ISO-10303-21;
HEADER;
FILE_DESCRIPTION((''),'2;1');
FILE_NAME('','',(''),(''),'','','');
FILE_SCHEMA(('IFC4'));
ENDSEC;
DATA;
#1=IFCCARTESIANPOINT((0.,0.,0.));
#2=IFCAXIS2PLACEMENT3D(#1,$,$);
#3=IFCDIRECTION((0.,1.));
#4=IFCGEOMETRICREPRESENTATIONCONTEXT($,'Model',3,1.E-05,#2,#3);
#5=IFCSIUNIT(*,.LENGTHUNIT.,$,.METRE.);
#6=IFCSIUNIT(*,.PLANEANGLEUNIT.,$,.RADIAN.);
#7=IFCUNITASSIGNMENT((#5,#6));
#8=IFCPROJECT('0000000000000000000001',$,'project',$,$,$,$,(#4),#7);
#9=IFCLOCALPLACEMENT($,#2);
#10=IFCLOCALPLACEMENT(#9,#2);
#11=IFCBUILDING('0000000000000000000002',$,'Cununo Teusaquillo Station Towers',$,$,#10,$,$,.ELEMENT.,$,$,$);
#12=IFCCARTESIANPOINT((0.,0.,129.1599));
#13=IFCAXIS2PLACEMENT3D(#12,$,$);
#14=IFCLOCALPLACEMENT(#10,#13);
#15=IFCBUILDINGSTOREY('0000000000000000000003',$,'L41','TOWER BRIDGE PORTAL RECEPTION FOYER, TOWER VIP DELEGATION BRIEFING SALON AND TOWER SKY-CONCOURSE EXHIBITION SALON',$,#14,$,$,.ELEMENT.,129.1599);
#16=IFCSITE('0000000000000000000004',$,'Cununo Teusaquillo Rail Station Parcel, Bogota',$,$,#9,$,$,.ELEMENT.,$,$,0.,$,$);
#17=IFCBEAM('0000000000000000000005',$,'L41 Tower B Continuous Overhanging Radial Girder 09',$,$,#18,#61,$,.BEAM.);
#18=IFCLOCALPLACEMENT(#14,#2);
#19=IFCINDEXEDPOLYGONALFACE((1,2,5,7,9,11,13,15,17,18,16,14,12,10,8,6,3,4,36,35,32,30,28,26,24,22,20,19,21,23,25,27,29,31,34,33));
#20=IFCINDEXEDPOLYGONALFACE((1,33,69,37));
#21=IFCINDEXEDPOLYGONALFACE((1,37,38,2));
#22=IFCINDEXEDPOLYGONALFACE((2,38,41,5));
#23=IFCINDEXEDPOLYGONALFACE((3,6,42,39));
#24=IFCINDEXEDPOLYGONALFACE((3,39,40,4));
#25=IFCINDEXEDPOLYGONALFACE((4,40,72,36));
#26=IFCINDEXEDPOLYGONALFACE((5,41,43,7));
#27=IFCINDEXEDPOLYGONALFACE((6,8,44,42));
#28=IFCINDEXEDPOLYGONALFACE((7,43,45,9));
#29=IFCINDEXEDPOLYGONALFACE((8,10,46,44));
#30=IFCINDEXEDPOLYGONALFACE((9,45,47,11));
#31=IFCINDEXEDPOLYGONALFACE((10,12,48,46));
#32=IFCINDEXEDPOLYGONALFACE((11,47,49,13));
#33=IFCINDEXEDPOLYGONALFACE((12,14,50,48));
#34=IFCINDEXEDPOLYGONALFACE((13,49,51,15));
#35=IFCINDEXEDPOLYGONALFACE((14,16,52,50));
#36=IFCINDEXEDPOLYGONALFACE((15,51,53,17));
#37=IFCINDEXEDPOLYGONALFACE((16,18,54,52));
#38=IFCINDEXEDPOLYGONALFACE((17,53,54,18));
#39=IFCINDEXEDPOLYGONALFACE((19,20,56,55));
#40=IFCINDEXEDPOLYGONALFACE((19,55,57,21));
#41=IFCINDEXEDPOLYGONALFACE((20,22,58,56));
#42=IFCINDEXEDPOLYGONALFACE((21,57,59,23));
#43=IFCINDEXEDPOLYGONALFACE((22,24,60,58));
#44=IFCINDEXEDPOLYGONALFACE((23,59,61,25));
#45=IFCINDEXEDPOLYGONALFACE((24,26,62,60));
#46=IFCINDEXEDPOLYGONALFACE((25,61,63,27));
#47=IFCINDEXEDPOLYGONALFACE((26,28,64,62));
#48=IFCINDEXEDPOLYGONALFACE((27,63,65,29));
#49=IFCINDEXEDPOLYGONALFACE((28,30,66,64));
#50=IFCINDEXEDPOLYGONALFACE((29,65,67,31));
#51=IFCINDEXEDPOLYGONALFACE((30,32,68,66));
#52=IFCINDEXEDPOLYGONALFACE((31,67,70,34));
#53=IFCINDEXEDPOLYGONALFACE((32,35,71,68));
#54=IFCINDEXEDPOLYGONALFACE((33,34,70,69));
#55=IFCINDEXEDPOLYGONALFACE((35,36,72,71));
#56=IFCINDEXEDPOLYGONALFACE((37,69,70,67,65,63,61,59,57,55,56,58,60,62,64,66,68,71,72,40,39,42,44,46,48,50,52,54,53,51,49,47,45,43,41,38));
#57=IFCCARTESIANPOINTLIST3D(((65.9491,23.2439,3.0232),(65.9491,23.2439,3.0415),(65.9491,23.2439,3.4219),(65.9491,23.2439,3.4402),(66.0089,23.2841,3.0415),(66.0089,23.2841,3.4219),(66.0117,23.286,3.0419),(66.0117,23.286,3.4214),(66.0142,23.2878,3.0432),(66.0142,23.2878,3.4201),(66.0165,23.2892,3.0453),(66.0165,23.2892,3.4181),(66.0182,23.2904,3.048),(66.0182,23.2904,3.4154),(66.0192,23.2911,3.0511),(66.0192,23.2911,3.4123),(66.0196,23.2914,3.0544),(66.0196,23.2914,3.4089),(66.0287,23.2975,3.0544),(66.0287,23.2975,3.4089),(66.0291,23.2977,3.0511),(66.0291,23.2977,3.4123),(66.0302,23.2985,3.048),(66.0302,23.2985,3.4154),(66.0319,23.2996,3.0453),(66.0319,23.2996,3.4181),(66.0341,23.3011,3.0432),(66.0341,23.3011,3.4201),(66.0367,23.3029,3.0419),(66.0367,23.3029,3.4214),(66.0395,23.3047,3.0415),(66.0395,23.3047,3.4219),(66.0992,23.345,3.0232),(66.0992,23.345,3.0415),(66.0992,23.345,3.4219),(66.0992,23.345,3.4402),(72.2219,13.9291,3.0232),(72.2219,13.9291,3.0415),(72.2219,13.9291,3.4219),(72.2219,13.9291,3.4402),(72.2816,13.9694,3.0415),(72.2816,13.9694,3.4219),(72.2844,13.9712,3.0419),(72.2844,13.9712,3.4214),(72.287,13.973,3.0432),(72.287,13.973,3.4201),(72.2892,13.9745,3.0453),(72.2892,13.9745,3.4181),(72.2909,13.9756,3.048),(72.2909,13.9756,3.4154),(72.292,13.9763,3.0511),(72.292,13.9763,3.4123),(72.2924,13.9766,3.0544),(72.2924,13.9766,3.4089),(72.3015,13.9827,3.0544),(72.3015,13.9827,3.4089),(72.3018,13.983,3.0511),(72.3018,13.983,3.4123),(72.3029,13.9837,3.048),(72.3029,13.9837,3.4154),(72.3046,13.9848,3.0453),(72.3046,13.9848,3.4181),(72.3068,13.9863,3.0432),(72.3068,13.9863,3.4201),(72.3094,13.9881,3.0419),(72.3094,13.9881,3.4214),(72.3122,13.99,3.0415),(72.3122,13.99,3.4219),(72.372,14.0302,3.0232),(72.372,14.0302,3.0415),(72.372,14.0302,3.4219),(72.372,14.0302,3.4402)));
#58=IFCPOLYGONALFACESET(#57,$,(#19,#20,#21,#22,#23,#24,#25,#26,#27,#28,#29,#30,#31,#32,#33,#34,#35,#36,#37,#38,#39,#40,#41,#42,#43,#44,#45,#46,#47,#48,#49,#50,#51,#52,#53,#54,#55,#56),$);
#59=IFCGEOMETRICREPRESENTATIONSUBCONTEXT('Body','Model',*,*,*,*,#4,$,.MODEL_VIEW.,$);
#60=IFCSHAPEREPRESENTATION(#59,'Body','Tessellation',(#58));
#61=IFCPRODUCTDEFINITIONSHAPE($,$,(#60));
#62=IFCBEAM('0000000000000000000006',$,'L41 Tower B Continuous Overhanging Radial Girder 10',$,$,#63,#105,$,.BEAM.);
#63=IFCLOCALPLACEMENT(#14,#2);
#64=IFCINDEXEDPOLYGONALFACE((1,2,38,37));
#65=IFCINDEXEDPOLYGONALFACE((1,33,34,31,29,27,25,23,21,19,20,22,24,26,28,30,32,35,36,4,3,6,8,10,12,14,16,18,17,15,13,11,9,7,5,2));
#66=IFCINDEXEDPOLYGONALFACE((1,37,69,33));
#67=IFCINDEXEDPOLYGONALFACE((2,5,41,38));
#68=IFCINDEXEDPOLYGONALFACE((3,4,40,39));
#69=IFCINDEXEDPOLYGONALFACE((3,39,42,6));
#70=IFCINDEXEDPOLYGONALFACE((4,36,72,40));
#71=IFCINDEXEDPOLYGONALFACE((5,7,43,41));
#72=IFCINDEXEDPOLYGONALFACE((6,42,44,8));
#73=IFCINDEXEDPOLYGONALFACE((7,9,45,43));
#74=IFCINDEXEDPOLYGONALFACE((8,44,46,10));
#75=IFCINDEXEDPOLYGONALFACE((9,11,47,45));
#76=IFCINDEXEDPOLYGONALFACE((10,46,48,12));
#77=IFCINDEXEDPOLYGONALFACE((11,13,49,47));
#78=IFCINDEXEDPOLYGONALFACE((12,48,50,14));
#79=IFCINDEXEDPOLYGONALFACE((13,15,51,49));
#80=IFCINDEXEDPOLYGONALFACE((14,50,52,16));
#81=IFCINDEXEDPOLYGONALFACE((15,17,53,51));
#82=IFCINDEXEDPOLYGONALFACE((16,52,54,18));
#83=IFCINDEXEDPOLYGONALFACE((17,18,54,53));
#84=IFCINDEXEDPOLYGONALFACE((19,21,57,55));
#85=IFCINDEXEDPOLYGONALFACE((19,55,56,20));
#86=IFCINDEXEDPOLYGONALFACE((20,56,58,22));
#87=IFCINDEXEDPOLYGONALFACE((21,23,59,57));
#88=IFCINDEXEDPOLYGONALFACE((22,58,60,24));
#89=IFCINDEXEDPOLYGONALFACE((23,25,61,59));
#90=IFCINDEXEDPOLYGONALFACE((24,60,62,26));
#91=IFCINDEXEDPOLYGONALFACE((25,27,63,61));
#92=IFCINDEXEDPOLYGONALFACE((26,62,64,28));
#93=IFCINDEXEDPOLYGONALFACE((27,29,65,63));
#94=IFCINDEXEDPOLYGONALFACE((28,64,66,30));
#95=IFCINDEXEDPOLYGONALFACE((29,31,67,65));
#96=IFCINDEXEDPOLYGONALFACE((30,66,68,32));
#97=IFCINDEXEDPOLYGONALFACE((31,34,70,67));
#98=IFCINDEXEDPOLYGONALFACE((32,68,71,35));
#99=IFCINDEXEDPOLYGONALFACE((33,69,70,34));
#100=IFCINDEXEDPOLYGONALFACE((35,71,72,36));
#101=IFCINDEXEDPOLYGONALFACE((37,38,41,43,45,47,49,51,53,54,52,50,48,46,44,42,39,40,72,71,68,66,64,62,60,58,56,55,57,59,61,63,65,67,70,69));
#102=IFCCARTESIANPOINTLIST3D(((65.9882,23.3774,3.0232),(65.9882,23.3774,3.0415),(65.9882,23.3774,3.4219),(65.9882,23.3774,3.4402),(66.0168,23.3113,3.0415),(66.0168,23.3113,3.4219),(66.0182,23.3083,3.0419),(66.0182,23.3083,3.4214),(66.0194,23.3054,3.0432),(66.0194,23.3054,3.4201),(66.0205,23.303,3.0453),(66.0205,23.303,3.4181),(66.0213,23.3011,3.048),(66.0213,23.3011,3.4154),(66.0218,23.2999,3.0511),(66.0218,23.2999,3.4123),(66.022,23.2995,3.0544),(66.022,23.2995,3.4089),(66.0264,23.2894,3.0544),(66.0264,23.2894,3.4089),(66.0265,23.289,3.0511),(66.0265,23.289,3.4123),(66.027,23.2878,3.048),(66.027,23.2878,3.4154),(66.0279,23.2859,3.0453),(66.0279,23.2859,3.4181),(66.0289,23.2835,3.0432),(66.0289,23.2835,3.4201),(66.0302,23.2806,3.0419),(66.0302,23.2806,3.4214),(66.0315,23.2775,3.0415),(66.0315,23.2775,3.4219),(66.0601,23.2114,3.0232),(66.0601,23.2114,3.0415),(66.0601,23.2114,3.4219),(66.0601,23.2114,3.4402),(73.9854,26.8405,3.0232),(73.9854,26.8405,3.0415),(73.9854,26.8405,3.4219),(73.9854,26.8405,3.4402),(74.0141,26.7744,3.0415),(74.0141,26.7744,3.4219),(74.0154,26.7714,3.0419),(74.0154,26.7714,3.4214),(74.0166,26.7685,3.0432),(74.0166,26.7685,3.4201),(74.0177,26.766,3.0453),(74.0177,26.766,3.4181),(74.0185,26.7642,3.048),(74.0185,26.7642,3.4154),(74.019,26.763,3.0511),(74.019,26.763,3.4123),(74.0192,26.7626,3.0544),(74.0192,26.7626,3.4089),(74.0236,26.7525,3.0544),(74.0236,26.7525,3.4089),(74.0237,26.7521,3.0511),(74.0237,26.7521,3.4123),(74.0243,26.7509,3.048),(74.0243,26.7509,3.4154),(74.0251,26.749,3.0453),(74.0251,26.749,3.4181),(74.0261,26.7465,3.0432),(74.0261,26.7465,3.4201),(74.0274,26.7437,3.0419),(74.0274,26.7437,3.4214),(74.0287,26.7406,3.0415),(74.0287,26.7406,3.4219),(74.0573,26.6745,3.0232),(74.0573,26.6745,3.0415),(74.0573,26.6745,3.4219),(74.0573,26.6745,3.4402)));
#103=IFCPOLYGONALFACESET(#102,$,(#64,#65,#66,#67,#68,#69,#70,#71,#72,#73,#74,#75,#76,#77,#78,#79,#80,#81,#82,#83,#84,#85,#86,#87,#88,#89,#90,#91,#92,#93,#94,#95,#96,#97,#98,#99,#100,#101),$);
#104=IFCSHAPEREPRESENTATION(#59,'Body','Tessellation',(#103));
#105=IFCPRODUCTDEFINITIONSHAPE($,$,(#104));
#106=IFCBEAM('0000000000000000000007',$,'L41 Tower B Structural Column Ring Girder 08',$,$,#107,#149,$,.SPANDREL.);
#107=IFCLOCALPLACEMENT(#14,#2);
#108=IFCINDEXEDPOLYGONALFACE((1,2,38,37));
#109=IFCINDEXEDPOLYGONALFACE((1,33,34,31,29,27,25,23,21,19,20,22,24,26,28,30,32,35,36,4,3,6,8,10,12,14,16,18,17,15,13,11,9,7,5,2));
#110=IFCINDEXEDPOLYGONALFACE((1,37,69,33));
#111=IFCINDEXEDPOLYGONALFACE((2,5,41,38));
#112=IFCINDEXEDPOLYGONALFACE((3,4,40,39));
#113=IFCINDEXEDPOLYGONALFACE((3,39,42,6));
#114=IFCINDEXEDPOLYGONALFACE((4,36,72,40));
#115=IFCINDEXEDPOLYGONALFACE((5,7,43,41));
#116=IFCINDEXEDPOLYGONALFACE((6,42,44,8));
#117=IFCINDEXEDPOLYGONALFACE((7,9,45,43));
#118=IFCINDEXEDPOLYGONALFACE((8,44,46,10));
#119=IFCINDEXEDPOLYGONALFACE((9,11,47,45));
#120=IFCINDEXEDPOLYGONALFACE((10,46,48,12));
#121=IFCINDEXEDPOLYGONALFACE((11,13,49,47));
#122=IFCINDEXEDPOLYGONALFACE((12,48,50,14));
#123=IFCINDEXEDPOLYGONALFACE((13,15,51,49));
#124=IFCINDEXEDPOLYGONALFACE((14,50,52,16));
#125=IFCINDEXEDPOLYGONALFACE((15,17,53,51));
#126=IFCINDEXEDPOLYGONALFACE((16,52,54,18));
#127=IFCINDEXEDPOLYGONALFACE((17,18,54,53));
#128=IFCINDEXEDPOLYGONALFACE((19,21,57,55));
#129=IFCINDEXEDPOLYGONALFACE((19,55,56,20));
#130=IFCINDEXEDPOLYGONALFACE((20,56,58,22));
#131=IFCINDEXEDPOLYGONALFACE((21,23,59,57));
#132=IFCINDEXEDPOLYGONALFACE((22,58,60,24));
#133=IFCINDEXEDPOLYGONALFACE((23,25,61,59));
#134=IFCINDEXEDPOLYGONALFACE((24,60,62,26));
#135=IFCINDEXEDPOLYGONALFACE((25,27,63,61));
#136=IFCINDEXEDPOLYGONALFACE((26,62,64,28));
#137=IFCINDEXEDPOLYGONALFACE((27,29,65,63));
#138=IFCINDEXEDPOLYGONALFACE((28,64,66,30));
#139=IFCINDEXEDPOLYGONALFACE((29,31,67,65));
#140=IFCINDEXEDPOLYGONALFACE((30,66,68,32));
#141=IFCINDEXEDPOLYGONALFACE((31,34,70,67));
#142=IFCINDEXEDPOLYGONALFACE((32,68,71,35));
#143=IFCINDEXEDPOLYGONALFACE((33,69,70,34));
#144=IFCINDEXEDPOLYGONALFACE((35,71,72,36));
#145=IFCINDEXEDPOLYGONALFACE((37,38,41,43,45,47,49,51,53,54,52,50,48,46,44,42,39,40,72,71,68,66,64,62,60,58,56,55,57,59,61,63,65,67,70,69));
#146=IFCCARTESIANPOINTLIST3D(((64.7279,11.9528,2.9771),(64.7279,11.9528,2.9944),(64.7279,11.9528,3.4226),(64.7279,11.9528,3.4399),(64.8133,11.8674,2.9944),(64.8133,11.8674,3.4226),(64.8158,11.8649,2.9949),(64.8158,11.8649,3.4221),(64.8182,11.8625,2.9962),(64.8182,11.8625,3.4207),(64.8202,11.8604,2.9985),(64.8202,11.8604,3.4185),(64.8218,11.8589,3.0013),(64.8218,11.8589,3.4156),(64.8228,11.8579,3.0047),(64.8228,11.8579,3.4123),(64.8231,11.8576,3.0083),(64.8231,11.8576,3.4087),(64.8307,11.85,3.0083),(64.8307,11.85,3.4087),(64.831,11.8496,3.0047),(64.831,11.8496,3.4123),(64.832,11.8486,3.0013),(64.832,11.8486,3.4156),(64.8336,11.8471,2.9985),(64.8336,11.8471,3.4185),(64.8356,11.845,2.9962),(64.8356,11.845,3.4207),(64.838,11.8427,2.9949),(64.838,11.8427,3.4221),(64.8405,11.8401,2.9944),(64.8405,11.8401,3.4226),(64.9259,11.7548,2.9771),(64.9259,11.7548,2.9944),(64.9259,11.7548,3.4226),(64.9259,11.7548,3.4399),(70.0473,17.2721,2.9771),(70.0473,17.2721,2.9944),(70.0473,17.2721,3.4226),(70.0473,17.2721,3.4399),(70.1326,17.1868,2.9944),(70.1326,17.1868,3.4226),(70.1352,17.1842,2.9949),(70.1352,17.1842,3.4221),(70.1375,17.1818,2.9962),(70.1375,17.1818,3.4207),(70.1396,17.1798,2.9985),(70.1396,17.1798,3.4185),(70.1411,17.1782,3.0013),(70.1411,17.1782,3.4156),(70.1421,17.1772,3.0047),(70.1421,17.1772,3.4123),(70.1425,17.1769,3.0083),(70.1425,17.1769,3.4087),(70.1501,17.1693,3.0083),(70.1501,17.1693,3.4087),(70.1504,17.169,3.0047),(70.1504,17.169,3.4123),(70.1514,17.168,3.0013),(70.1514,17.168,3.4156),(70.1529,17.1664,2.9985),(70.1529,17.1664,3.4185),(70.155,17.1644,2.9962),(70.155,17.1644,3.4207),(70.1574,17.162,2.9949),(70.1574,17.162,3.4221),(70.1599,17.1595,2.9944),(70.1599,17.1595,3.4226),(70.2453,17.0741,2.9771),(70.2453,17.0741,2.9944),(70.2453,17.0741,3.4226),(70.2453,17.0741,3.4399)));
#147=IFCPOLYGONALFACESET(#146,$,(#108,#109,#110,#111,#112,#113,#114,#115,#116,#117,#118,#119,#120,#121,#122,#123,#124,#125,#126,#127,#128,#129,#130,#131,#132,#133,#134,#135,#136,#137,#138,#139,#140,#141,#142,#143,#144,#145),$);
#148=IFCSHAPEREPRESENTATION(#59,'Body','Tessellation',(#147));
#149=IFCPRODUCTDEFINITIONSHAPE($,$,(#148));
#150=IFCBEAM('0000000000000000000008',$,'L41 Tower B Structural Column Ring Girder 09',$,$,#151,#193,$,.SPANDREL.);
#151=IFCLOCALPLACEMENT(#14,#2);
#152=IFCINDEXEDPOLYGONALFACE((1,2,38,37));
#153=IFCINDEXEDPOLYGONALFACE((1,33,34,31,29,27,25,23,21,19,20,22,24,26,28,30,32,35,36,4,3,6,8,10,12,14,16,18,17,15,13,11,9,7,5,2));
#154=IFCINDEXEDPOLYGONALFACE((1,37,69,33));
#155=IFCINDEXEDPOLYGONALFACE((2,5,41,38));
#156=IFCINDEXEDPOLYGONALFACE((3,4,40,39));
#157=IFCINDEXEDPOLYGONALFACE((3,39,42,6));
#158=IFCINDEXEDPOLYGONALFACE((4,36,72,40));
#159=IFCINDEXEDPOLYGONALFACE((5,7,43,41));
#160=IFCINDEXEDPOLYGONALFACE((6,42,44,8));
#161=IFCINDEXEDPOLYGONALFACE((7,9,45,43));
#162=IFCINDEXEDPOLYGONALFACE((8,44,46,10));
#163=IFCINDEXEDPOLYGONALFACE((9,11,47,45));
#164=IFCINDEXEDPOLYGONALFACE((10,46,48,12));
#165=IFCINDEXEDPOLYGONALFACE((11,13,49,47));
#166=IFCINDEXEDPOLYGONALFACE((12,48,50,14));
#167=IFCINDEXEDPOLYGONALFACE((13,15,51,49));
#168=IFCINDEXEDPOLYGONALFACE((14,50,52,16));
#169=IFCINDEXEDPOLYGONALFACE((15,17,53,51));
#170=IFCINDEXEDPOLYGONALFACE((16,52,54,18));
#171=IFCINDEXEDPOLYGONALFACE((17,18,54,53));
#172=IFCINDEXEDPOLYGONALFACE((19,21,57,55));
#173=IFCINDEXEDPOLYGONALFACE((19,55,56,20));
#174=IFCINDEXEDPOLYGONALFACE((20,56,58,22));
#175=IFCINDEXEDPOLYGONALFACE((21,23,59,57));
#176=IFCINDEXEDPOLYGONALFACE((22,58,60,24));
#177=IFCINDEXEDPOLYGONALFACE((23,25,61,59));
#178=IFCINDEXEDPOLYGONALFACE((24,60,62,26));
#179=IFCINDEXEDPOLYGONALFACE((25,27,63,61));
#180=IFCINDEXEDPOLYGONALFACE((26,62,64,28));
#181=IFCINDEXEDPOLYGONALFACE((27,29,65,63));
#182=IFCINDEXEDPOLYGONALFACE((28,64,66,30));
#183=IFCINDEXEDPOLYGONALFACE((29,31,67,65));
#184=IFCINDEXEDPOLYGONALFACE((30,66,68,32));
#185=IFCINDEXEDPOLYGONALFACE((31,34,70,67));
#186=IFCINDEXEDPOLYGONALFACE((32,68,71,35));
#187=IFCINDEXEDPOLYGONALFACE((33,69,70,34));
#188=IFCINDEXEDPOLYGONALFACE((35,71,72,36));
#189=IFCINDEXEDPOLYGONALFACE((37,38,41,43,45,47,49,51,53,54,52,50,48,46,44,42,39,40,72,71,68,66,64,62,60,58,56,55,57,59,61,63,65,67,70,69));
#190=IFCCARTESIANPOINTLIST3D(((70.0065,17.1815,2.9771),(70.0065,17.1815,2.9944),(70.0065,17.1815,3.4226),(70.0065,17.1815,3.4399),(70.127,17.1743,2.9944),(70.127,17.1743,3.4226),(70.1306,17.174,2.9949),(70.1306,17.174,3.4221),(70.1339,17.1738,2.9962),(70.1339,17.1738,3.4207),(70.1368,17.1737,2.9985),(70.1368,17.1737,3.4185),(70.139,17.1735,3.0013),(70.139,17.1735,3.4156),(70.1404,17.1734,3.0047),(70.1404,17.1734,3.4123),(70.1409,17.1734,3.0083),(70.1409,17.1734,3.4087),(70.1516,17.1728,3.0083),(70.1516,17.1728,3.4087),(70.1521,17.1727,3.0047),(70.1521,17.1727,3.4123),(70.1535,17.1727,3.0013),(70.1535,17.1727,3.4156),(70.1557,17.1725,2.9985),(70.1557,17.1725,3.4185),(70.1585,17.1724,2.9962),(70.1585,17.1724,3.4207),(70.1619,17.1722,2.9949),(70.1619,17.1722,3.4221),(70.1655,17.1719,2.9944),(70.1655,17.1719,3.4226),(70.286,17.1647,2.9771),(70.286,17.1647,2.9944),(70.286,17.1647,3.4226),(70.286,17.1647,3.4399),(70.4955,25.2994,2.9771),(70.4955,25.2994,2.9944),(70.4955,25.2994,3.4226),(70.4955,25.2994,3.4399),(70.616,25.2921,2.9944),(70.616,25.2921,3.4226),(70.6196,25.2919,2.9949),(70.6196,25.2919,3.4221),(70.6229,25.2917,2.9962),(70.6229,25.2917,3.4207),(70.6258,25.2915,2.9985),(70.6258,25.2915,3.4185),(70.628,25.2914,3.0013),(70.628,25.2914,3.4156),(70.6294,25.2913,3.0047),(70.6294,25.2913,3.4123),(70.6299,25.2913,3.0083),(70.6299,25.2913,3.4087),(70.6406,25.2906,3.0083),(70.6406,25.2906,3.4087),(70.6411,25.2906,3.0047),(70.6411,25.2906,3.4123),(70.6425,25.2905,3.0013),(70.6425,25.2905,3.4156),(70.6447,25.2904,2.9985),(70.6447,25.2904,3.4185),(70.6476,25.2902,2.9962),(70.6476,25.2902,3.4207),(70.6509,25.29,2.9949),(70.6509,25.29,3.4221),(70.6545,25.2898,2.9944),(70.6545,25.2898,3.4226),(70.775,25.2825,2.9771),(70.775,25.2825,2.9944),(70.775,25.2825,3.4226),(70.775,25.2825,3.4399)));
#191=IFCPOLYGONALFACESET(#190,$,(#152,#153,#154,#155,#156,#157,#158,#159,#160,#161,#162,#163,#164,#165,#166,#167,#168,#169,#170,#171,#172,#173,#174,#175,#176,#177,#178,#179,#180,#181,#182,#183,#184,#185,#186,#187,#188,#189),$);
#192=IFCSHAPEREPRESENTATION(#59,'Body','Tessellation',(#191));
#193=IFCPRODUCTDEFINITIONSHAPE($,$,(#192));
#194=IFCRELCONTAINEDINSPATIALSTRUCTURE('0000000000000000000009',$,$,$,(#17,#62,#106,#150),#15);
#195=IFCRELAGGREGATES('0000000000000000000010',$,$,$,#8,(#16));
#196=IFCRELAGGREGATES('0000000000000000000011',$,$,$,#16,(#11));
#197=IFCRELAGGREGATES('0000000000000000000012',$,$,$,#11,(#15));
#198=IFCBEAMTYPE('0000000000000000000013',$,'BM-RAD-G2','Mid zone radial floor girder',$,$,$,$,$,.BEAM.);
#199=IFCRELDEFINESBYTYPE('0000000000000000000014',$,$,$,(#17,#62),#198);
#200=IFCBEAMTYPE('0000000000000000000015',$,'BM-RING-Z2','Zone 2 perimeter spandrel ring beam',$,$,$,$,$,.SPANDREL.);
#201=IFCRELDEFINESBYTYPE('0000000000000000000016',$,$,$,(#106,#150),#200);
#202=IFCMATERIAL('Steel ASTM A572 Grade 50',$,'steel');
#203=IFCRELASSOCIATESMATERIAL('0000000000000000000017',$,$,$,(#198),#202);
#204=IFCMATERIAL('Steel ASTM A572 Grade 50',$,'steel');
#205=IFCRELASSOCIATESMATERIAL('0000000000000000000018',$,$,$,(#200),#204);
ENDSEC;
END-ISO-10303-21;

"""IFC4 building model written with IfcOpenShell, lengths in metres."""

from ifc_helpers import new_model, si_unit, direction, frame, origin, origin_2d, place, context, subcontext, project, spatial, i_section, extrude, material, material_profile, profile_set, type_object, element, save


model = new_model("IFC4")

# Units and contexts
model_context = context("Model", 3, precision=1e-05, world=origin(), true_north=direction((0.0, 1.0)))
body_context = subcontext(model_context, "Body", "Model", "MODEL_VIEW")
ifc_project = project(units=[si_unit("LENGTHUNIT", "METRE"), si_unit("PLANEANGLEUNIT", "RADIAN")], contexts=[model_context])

# Site, building, storey
site_placement = place(None, origin())
site = spatial("IfcSite", under=ifc_project, at=site_placement, Name="Cununo Teusaquillo Rail Station Parcel, Bogota", CompositionType="ELEMENT", RefElevation=0.0)
building_placement = place(site_placement, origin())
building = spatial("IfcBuilding", under=site, at=building_placement, Name="Cununo Teusaquillo Station Towers", CompositionType="ELEMENT")
storey_placement = place(building_placement, frame((0.0, 0.0, 129.1599)))
storey = spatial("IfcBuildingStorey", under=building, at=storey_placement, Name="L41", Description="TOWER BRIDGE PORTAL RECEPTION FOYER, TOWER VIP DELEGATION BRIEFING SALON AND TOWER SKY-CONCOURSE EXHIBITION SALON", CompositionType="ELEMENT", Elevation=129.1599)

# Beams
ifc_material_1 = material(Name="Steel ASTM A572 Grade 50", Category="steel")
ifc_material_profile_1 = material_profile(ifc_material_1, i_section(OverallWidth=0.1809, OverallDepth=0.417, WebThickness=0.011, FlangeThickness=0.0183, FilletRadius=0.0129, at=origin_2d()), Name="W16X57")
ifc_profile_set_1 = profile_set([ifc_material_profile_1], Name="Steel ASTM A572 Grade 50")
beam_type_1 = type_object("IfcBeamType", Name="BM-RAD-G2", Description="Mid zone radial floor girder", PredefinedType="BEAM", material=ifc_profile_set_1)
beam_1_placement = place(storey_placement, frame((66.0242, 23.2944, 3.2317), z_axis=(0.558572, -0.829456, 0.0), x_axis=(0.829456, 0.558572, 0.0)))
element("IfcBeam", 1, at=beam_1_placement, inside=storey, type_object=beam_type_1, Name="L41 Tower B Continuous Overhanging Radial Girder 09", PredefinedType="BEAM", context=body_context, shape_type="SweptSolid", body=[
    extrude(i_section(OverallWidth=0.1809, OverallDepth=0.417, WebThickness=0.011, FlangeThickness=0.0183, FilletRadius=0.0129, at=origin_2d()), origin(), (0.0, 0.0, 1.0), 11.23),
])
beam_2_placement = place(storey_placement, frame((66.0242, 23.2944, 3.2317), z_axis=(0.917655, 0.397379, 0.0), x_axis=(-0.397379, 0.917655, 0.0)))
element("IfcBeam", 2, at=beam_2_placement, inside=storey, type_object=beam_type_1, Name="L41 Tower B Continuous Overhanging Radial Girder 10", PredefinedType="BEAM", context=body_context, shape_type="SweptSolid", body=[
    extrude(i_section(OverallWidth=0.1809, OverallDepth=0.417, WebThickness=0.011, FlangeThickness=0.0183, FilletRadius=0.0129, at=origin_2d()), origin(), (0.0, 0.0, 1.0), 8.7148),
])
ifc_material_2 = material(Name="Steel ASTM A572 Grade 50", Category="steel")
ifc_material_profile_2 = material_profile(ifc_material_2, i_section(OverallWidth=0.28, OverallDepth=0.4629, WebThickness=0.0107, FlangeThickness=0.0173, FilletRadius=0.0139, at=origin_2d()), Name="W18X76")
ifc_profile_set_2 = profile_set([ifc_material_profile_2], Name="Steel ASTM A572 Grade 50")
beam_type_2 = type_object("IfcBeamType", Name="BM-RING-Z2", Description="Zone 2 perimeter spandrel ring beam", PredefinedType="SPANDREL", material=ifc_profile_set_2)
beam_3_placement = place(storey_placement, frame((64.8269, 11.8538, 3.2085), z_axis=(0.707107, 0.707107, 0.0), x_axis=(-0.707107, 0.707107, 0.0)))
element("IfcBeam", 3, at=beam_3_placement, inside=storey, type_object=beam_type_2, Name="L41 Tower B Structural Column Ring Girder 08", PredefinedType="SPANDREL", context=body_context, shape_type="SweptSolid", body=[
    extrude(i_section(OverallWidth=0.28, OverallDepth=0.4629, WebThickness=0.0107, FlangeThickness=0.0173, FilletRadius=0.0139, at=origin_2d()), origin(), (0.0, 0.0, 1.0), 7.5227),
])
beam_4_placement = place(storey_placement, frame((70.1462, 17.1731, 3.2085), z_axis=(0.06013, 0.998191, 0.0), x_axis=(-0.998191, 0.06013, 0.0)))
element("IfcBeam", 4, at=beam_4_placement, inside=storey, type_object=beam_type_2, Name="L41 Tower B Structural Column Ring Girder 09", PredefinedType="SPANDREL", context=body_context, shape_type="SweptSolid", body=[
    extrude(i_section(OverallWidth=0.28, OverallDepth=0.4629, WebThickness=0.0107, FlangeThickness=0.0173, FilletRadius=0.0139, at=origin_2d()), origin(), (0.0, 0.0, 1.0), 8.1326),
])

save(model, "model.ifc")
